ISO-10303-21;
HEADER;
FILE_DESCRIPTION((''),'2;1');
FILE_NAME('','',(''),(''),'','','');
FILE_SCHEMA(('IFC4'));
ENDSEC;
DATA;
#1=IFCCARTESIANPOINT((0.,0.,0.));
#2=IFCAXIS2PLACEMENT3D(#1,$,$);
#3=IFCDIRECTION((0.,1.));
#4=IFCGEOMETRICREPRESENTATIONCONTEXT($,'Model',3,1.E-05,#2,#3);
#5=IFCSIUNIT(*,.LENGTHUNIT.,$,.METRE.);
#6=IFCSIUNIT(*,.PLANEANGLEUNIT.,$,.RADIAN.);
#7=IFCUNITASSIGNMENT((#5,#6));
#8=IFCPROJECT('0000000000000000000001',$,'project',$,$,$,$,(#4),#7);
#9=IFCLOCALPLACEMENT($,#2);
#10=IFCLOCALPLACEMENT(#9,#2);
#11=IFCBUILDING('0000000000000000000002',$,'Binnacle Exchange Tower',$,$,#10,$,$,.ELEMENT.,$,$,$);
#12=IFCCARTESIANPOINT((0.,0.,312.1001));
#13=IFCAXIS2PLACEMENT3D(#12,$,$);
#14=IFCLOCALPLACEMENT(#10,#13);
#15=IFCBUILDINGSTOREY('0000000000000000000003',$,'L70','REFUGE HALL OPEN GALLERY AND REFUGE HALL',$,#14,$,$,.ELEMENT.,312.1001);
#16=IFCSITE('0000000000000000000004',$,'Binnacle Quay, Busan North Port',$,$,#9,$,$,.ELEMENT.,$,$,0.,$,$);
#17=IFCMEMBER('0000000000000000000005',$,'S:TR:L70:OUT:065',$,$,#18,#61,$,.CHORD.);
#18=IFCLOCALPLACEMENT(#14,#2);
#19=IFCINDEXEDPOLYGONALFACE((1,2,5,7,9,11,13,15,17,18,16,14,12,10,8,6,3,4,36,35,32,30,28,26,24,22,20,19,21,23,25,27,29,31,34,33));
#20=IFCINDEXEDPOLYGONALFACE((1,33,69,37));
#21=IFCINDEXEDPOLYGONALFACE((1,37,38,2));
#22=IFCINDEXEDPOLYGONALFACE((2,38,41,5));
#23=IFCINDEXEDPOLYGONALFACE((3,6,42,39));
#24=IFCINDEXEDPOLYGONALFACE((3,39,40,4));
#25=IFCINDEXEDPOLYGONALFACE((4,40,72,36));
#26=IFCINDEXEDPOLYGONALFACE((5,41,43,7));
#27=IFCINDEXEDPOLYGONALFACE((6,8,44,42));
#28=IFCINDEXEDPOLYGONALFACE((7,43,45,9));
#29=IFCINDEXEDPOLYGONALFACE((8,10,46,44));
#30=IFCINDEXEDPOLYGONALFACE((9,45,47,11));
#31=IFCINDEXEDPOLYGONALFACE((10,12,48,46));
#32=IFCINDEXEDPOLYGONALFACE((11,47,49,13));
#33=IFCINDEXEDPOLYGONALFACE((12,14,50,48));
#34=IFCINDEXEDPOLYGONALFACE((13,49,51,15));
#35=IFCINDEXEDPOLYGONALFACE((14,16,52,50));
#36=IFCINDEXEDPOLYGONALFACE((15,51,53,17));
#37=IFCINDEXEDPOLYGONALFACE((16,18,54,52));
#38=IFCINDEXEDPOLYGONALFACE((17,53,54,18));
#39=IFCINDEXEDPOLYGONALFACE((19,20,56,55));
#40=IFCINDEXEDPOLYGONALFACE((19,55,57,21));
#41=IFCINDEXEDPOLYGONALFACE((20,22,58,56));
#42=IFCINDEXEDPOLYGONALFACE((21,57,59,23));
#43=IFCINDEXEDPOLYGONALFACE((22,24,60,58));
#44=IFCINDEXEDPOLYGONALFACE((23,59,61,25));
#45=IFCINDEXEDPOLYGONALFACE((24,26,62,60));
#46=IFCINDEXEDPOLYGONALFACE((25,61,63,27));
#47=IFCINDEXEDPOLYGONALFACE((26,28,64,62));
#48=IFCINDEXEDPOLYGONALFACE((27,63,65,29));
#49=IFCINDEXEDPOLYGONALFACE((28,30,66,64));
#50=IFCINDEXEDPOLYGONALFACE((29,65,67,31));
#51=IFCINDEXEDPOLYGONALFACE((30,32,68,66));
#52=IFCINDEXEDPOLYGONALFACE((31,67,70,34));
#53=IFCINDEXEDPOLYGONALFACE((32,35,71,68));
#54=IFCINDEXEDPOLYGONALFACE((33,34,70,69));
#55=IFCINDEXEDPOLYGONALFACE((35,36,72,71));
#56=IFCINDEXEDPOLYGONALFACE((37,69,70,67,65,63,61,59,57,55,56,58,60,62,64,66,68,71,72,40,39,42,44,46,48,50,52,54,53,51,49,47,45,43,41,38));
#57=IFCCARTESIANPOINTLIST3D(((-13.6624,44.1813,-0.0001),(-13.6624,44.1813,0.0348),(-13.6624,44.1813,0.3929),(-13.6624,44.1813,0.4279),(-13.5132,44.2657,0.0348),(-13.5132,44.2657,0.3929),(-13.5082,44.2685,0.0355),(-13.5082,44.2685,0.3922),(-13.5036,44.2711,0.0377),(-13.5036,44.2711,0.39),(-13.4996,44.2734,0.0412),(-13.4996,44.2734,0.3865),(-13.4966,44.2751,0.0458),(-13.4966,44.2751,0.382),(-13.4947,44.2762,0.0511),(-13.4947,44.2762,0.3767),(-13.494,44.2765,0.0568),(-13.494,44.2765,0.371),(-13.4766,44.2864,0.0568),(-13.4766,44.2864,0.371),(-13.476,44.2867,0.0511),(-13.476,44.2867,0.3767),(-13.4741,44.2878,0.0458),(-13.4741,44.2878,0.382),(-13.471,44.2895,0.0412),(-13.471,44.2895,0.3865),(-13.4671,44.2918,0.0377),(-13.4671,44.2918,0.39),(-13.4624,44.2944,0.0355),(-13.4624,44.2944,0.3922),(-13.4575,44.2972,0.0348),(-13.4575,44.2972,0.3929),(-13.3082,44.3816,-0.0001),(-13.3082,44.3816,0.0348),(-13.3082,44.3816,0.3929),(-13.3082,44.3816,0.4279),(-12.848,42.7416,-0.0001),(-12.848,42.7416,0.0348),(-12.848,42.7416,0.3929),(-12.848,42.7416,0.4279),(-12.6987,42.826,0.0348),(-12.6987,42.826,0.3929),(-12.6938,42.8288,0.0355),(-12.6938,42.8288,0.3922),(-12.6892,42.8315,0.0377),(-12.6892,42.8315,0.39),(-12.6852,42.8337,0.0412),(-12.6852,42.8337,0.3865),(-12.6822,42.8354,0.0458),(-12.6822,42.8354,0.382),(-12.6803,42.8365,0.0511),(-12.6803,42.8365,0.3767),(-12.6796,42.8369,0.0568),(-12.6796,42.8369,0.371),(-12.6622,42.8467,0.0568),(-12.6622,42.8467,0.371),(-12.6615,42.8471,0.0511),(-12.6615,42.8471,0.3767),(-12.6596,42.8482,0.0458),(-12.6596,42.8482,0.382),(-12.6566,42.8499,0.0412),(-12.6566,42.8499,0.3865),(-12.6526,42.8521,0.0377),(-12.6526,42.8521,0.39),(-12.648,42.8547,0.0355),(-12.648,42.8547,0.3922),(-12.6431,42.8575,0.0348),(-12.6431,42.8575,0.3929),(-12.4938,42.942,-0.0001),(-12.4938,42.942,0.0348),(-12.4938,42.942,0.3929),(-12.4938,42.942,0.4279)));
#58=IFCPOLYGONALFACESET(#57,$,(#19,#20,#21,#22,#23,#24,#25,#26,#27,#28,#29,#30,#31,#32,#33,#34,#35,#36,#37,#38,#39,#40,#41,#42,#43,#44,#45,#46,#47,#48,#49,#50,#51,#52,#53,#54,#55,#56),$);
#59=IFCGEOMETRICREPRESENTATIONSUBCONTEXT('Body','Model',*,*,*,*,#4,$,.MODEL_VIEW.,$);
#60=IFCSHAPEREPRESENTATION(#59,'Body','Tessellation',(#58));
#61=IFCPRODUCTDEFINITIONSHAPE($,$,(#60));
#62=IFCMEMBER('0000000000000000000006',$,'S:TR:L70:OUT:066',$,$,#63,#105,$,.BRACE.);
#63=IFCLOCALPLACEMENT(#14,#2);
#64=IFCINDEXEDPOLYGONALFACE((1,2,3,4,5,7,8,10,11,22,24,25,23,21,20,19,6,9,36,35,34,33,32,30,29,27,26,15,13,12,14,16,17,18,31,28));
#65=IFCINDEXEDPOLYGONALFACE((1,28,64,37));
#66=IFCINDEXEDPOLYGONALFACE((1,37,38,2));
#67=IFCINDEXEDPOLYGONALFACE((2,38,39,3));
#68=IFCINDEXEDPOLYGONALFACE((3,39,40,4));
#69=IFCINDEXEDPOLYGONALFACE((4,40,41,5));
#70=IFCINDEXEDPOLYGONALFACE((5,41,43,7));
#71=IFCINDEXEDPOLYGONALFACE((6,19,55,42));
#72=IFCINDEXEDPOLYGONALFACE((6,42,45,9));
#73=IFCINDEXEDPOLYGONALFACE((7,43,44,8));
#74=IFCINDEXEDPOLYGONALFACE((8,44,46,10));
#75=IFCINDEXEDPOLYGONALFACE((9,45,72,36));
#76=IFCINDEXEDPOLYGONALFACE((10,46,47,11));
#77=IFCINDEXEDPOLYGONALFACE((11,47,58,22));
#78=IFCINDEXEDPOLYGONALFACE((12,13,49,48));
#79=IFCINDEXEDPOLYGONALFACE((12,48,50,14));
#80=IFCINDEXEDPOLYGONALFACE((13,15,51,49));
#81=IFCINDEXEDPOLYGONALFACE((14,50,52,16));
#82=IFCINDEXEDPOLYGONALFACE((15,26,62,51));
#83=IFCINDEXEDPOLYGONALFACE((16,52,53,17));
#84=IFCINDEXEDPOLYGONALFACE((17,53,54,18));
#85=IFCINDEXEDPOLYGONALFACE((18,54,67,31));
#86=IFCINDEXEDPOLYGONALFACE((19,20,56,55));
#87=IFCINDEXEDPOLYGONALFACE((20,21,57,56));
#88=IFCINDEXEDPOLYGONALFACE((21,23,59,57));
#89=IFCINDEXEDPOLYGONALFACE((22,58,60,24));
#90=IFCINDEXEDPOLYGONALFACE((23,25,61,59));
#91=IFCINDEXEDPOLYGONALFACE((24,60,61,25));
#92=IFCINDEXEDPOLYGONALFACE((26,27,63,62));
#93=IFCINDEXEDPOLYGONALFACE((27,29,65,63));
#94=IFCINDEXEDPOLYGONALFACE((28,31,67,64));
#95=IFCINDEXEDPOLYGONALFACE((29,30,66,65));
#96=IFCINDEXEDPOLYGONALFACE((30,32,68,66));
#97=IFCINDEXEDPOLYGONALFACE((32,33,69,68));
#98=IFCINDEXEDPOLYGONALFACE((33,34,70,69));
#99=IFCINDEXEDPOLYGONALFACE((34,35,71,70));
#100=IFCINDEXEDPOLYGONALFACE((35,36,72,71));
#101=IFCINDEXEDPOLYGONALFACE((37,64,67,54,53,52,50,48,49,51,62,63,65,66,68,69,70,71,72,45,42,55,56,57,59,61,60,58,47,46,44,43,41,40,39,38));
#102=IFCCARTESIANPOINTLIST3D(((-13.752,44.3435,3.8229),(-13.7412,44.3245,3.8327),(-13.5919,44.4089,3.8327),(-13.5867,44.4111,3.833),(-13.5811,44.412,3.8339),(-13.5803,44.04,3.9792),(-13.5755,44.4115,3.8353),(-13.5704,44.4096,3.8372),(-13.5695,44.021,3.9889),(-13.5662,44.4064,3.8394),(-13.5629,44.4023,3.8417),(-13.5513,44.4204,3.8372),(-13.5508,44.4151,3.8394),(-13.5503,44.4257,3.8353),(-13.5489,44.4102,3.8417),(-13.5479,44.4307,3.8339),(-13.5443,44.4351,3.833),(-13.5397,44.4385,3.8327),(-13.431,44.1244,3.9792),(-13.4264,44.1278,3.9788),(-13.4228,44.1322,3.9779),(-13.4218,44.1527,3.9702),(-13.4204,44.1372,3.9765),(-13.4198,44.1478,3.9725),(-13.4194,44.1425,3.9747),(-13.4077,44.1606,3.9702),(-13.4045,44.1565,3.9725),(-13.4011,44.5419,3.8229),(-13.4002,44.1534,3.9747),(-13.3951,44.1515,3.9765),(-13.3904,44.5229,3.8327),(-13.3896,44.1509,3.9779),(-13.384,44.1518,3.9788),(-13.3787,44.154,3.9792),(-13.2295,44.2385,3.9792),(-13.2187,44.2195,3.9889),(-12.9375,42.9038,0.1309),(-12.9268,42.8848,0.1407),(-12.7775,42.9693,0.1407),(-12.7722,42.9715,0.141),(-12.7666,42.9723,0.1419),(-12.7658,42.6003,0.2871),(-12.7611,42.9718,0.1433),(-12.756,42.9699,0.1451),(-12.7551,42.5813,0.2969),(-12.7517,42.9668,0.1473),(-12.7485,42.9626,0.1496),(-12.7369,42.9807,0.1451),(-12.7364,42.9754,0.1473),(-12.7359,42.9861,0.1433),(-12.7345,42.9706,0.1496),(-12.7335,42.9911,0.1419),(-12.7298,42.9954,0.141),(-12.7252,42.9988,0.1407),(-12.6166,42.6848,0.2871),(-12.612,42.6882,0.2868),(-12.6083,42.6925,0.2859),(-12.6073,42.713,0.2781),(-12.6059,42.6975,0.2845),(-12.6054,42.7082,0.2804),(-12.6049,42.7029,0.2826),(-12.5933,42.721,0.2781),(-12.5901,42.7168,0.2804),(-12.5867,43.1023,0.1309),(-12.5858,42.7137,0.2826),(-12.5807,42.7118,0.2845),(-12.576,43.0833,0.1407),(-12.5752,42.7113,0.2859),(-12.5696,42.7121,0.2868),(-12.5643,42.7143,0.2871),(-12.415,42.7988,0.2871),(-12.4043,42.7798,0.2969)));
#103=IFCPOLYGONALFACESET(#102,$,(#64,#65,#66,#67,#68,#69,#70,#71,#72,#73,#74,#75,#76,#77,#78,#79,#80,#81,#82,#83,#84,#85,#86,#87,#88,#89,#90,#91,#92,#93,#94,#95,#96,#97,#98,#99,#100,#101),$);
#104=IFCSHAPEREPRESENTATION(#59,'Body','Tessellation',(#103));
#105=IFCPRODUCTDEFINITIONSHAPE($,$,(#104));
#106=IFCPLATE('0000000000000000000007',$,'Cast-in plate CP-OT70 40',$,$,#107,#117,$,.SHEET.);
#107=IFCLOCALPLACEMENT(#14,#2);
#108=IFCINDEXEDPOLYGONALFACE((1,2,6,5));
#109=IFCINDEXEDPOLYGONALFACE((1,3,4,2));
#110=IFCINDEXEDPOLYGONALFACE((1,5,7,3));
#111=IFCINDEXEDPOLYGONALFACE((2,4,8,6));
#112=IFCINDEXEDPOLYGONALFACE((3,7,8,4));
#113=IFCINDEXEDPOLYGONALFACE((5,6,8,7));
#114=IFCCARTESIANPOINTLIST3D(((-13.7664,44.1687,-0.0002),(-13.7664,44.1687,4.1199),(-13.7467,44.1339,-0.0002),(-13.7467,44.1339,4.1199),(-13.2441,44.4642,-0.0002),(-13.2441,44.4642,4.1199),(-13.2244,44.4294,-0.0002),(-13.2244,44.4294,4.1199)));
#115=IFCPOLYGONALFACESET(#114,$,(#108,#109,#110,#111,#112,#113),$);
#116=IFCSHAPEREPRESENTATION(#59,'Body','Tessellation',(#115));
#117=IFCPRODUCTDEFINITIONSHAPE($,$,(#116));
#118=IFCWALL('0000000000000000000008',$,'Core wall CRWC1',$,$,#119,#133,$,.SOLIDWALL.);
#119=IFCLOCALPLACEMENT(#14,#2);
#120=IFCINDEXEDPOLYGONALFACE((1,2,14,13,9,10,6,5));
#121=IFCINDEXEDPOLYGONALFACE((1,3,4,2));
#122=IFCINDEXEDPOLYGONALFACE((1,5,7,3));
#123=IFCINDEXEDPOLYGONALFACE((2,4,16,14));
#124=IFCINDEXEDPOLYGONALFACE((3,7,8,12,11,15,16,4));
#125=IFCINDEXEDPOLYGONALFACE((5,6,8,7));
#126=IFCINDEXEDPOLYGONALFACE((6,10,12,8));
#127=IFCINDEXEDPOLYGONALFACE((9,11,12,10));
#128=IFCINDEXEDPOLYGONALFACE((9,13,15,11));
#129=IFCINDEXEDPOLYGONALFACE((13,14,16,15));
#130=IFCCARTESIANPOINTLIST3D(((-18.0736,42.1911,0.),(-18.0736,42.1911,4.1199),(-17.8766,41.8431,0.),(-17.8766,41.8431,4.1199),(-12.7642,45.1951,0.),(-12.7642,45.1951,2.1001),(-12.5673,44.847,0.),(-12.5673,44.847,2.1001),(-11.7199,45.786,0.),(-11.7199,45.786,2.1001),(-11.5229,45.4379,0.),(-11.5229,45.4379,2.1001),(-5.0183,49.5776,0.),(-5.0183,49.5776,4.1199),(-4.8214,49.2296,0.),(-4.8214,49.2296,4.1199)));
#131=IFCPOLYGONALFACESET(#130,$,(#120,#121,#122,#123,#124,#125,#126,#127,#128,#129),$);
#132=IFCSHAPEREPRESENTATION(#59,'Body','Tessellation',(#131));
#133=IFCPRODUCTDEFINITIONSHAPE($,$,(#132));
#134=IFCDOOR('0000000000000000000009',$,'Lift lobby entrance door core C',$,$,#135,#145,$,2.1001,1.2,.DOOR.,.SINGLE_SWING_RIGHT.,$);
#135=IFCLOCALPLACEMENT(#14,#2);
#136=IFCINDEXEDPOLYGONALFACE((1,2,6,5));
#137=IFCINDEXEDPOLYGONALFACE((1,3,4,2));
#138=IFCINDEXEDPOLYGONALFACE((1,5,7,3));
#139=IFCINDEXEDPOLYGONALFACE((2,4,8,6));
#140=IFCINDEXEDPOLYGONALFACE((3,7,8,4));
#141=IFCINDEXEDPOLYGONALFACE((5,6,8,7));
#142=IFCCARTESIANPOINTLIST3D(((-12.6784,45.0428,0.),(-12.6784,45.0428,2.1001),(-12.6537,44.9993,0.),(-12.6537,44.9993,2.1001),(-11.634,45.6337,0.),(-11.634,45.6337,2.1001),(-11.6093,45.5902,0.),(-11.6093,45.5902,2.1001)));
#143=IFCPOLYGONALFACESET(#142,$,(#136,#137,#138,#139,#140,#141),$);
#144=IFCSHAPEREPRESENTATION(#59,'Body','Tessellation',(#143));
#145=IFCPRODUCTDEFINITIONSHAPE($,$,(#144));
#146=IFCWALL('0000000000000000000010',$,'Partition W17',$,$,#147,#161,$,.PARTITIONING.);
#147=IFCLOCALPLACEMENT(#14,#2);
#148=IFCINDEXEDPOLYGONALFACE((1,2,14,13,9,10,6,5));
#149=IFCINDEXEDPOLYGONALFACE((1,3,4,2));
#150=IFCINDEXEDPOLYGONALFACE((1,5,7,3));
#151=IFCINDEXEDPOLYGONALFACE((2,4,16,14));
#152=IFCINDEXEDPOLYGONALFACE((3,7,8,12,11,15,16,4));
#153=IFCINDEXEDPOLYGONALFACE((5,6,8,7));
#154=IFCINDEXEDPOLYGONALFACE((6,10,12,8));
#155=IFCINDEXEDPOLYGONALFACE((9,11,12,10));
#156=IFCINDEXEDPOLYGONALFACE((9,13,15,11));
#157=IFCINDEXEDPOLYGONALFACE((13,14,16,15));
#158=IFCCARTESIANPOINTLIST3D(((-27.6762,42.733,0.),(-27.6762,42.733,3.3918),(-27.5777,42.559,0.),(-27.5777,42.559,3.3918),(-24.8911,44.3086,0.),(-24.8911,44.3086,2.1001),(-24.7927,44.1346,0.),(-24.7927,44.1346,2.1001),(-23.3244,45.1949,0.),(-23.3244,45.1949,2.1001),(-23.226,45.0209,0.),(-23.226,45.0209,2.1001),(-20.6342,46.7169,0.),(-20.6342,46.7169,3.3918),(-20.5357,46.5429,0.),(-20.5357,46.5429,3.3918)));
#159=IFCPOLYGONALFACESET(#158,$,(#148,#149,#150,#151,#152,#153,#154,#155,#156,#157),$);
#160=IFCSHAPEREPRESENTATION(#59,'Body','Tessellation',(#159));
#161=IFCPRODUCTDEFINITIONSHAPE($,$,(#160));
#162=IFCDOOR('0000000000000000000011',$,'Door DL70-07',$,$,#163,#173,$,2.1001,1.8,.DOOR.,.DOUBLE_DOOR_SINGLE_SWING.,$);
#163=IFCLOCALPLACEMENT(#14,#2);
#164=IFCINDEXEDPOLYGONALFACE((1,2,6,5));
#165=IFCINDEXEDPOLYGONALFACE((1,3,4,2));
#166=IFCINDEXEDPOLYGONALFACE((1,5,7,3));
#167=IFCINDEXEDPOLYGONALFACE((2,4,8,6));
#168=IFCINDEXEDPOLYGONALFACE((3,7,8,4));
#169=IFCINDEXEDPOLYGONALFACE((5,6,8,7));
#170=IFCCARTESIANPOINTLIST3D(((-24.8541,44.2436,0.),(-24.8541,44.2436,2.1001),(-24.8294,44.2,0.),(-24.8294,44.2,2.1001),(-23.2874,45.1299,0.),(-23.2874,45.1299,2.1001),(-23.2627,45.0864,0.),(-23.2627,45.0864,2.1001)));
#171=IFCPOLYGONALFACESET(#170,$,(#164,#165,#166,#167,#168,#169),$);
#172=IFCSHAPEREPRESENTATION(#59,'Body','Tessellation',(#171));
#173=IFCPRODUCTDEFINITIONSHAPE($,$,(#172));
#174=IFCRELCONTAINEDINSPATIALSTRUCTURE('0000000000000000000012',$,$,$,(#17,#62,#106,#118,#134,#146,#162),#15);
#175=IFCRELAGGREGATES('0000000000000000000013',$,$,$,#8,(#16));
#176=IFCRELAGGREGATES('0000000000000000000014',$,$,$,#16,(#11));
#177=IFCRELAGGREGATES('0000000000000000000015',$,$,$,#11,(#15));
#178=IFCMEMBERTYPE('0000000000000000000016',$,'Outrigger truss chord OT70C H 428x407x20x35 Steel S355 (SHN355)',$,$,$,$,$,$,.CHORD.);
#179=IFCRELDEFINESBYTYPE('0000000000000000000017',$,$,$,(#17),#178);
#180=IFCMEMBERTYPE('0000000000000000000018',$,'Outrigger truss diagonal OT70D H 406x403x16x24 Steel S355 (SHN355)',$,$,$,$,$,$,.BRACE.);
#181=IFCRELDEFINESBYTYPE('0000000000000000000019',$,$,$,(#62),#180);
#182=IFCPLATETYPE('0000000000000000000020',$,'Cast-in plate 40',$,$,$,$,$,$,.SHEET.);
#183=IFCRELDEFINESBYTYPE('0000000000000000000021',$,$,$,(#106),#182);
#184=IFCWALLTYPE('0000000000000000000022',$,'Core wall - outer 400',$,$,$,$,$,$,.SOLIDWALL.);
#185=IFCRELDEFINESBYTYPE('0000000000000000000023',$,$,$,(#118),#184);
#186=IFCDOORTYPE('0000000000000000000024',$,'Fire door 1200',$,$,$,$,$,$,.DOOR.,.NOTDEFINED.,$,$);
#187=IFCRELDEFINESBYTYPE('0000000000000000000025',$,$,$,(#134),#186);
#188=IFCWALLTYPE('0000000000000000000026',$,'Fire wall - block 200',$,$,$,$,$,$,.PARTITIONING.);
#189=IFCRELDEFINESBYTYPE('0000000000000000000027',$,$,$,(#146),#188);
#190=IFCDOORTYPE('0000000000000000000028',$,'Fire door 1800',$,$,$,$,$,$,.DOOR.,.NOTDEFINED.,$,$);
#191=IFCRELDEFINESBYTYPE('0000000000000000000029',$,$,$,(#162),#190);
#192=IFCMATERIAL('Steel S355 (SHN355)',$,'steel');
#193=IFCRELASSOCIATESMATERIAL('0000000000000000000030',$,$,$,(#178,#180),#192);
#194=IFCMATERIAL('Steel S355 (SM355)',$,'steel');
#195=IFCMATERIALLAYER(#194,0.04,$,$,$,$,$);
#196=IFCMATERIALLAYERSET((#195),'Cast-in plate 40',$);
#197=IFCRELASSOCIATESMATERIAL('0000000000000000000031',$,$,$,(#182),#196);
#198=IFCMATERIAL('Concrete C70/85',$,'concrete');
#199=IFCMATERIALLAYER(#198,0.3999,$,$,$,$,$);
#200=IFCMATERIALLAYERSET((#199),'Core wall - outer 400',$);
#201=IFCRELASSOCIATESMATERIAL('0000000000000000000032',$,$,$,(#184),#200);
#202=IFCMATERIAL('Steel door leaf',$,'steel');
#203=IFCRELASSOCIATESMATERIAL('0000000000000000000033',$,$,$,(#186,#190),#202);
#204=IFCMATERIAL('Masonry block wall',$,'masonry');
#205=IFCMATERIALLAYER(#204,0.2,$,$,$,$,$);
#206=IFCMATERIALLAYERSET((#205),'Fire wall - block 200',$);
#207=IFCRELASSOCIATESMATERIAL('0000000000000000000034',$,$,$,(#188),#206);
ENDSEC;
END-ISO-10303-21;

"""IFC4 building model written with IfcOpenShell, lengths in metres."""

from ifc_helpers import new_model, si_unit, direction, frame, frame_2d, origin, origin_2d, place, context, subcontext, project, spatial, rectangle, i_section, extrude, material, layer, layer_set, material_profile, profile_set, type_object, element, fill, save


model = new_model("IFC4")

# Units and contexts
model_context = context("Model", 3, precision=1e-05, world=origin(), true_north=direction((0.0, 1.0)))
body_context = subcontext(model_context, "Body", "Model", "MODEL_VIEW")
ifc_project = project(units=[si_unit("LENGTHUNIT", "METRE"), si_unit("PLANEANGLEUNIT", "RADIAN")], contexts=[model_context])

# Site, building, storey
site_placement = place(None, origin())
site = spatial("IfcSite", under=ifc_project, at=site_placement, Name="Binnacle Quay, Busan North Port", CompositionType="ELEMENT", RefElevation=0.0)
building_placement = place(site_placement, origin())
building = spatial("IfcBuilding", under=site, at=building_placement, Name="Binnacle Exchange Tower", CompositionType="ELEMENT")
storey_placement = place(building_placement, frame((0.0, 0.0, 312.1001)))
storey = spatial("IfcBuildingStorey", under=building, at=storey_placement, Name="L70", Description="REFUGE HALL OPEN GALLERY AND REFUGE HALL", CompositionType="ELEMENT", Elevation=312.1001)

# Shared definitions
ifc_material_1 = material(Name="Steel S355 (SHN355)", Category="steel")

# Members
ifc_material_profile_1 = material_profile(ifc_material_1, i_section(OverallWidth=0.407, OverallDepth=0.428, WebThickness=0.02, FlangeThickness=0.0349, FilletRadius=0.022, at=origin_2d()), Name="H 428x407x20x35")
ifc_profile_set_1 = profile_set([ifc_material_profile_1], Name="Steel S355 (SHN355)")
member_type_1 = type_object("IfcMemberType", Name="Outrigger truss chord OT70C H 428x407x20x35 Steel S355 (SHN355)", PredefinedType="CHORD", material=ifc_profile_set_1)
for number, where, z_axis, x_axis, name in (
    (1, (-12.6709, 42.8418, 0.2139), (-0.492383, 0.870379, 0.0), (-0.870379, -0.492383, 0.0), "S:TR:L70:OUT:065"),
):
    element("IfcMember", number, at=place(storey_placement, frame(where, z_axis=z_axis, x_axis=x_axis)), inside=storey, type_object=member_type_1, Name=name, PredefinedType="CHORD", context=body_context, shape_type="SweptSolid", body=[
        extrude(i_section(OverallWidth=0.407, OverallDepth=0.428, WebThickness=0.02, FlangeThickness=0.0349, FilletRadius=0.022, at=origin_2d()), origin(), (0.0, 0.0, 1.0), 1.6541),
    ])
ifc_material_profile_2 = material_profile(ifc_material_1, i_section(OverallWidth=0.4031, OverallDepth=0.406, WebThickness=0.0161, FlangeThickness=0.0239, FilletRadius=0.022, at=origin_2d()), Name="H 406x403x16x24")
ifc_profile_set_2 = profile_set([ifc_material_profile_2], Name="Steel S355 (SHN355)")
member_type_2 = type_object("IfcMemberType", Name="Outrigger truss diagonal OT70D H 406x403x16x24 Steel S355 (SHN355)", PredefinedType="BRACE", material=ifc_profile_set_2)
member_1_placement = place(storey_placement, frame((-12.6709, 42.8418, 0.2139), z_axis=(-0.201312, 0.355856, 0.912601), x_axis=(-0.870379, -0.492383, 0.0)))
element("IfcMember", 2, at=member_1_placement, inside=storey, type_object=member_type_2, Name="S:TR:L70:OUT:066", PredefinedType="BRACE", context=body_context, shape_type="SweptSolid", body=[
    extrude(i_section(OverallWidth=0.4031, OverallDepth=0.406, WebThickness=0.0161, FlangeThickness=0.0239, FilletRadius=0.022, at=origin_2d()), origin(), (0.0, 0.0, 1.0), 4.0457),
])

# Plate
ifc_material_2 = material(Name="Steel S355 (SM355)", Category="steel")
ifc_layer_1 = layer(ifc_material_2, 0.04)
ifc_layer_set_1 = layer_set([ifc_layer_1], Name="Cast-in plate 40")
plate_type = type_object("IfcPlateType", Name="Cast-in plate 40", PredefinedType="SHEET", material=ifc_layer_set_1)
plate_placement = place(storey_placement, frame((-13.4954, 44.2991, -0.0002), z_axis=(0.0, 0.0, 1.0), x_axis=(-0.492424, 0.870356, 0.0)))
element("IfcPlate", 3, at=plate_placement, inside=storey, type_object=plate_type, Name="Cast-in plate CP-OT70 40", PredefinedType="SHEET", context=body_context, shape_type="SweptSolid", body=[
    extrude(rectangle(XDim=0.04, YDim=0.6001, at=origin_2d()), origin(), (0.0, 0.0, 1.0), 4.1201),
])

# Walls, openings, doors
ifc_material_3 = material(Name="Concrete C70/85", Category="concrete")
ifc_layer_2 = layer(ifc_material_3, 0.3999)
ifc_layer_set_2 = layer_set([ifc_layer_2], Name="Core wall - outer 400")
wall_type_1 = type_object("IfcWallType", Name="Core wall - outer 400", PredefinedType="SOLIDWALL", material=ifc_layer_set_2)
wall_1_placement = place(storey_placement, frame((-17.9751, 42.0171, 0.0), z_axis=(0.0, 0.0, 1.0), x_axis=(0.87035, 0.492434, 0.0)))
wall_1 = element("IfcWall", 4, at=wall_1_placement, inside=storey, type_object=wall_type_1, Name="Core wall CRWC1", PredefinedType="SOLIDWALL", context=body_context, shape_type="SweptSolid", body=[
    extrude(rectangle(XDim=15.0, YDim=0.3999, at=frame_2d((7.5, 0.0))), origin(), (0.0, 0.0, 1.0), 4.1199),
])
opening_1_placement = place(wall_1_placement, frame((6.1001, 0.0, 0.0)))
opening_1 = element("IfcOpeningElement", 5, at=opening_1_placement, cuts=wall_1, PredefinedType="OPENING", context=body_context, shape_type="SweptSolid", body=[
    extrude(rectangle(XDim=1.2, YDim=2.1001, at=frame_2d((0.6001, 1.05))), frame((0.0, 0.21, 0.0), z_axis=(0.0, -1.0, 0.0), x_axis=(1.0, 0.0, 0.0)), (0.0, 0.0, 1.0), 0.4199),
])
ifc_material_4 = material(Name="Steel door leaf", Category="steel")
door_type_1 = type_object("IfcDoorType", Name="Fire door 1200", OperationType="NOTDEFINED", PredefinedType="DOOR", material=ifc_material_4)
door_1_placement = place(opening_1_placement, frame((1.2, 0.0, 0.0), z_axis=(0.0, 0.0, 1.0), x_axis=(-1.0, 0.0, 0.0)))
door_1 = element("IfcDoor", 6, at=door_1_placement, inside=storey, type_object=door_type_1, Name="Lift lobby entrance door core C", OperationType="SINGLE_SWING_RIGHT", OverallHeight=2.1001, OverallWidth=1.2, PredefinedType="DOOR", context=body_context, shape_type="SweptSolid", body=[
    extrude(rectangle(XDim=1.2, YDim=2.1001, at=frame_2d((0.6001, 1.05))), frame((0.0, 0.0249, 0.0), z_axis=(0.0, -1.0, 0.0), x_axis=(1.0, 0.0, 0.0)), (0.0, 0.0, 1.0), 0.05),
])
fill(opening_1, door_1)
ifc_material_5 = material(Name="Masonry block wall", Category="masonry")
ifc_layer_3 = layer(ifc_material_5, 0.2)
ifc_layer_set_3 = layer_set([ifc_layer_3], Name="Fire wall - block 200")
wall_type_2 = type_object("IfcWallType", Name="Fire wall - block 200", PredefinedType="PARTITIONING", material=ifc_layer_set_3)
wall_2_placement = place(storey_placement, frame((-27.627, 42.646, 0.0), z_axis=(0.0, 0.0, 1.0), x_axis=(0.870371, 0.492397, 0.0)))
wall_2 = element("IfcWall", 7, at=wall_2_placement, inside=storey, type_object=wall_type_2, Name="Partition W17", PredefinedType="PARTITIONING", context=body_context, shape_type="SweptSolid", body=[
    extrude(rectangle(XDim=8.0908, YDim=0.2, at=frame_2d((4.0454, 0.0))), origin(), (0.0, 0.0, 1.0), 3.3918),
])
opening_2_placement = place(wall_2_placement, frame((3.2, 0.0, 0.0)))
opening_2 = element("IfcOpeningElement", 8, at=opening_2_placement, cuts=wall_2, PredefinedType="OPENING", context=body_context, shape_type="SweptSolid", body=[
    extrude(rectangle(XDim=1.8, YDim=2.1001, at=frame_2d((0.8999, 1.05))), frame((0.0, 0.1099, 0.0), z_axis=(0.0, -1.0, 0.0), x_axis=(1.0, 0.0, 0.0)), (0.0, 0.0, 1.0), 0.22),
])
door_type_2 = type_object("IfcDoorType", Name="Fire door 1800", OperationType="NOTDEFINED", PredefinedType="DOOR", material=ifc_material_4)
door_2_placement = place(opening_2_placement, frame((1.8, 0.0, 0.0), z_axis=(0.0, 0.0, 1.0), x_axis=(-1.0, 0.0, 0.0)))
door_2 = element("IfcDoor", 9, at=door_2_placement, inside=storey, type_object=door_type_2, Name="Door DL70-07", OperationType="DOUBLE_DOOR_SINGLE_SWING", OverallHeight=2.1001, OverallWidth=1.8, PredefinedType="DOOR", context=body_context, shape_type="SweptSolid", body=[
    extrude(rectangle(XDim=1.8, YDim=2.1001, at=frame_2d((0.8999, 1.05))), frame((0.0, 0.0249, 0.0), z_axis=(0.0, -1.0, 0.0), x_axis=(1.0, 0.0, 0.0)), (0.0, 0.0, 1.0), 0.05),
])
fill(opening_2, door_2)

save(model, "model.ifc")
